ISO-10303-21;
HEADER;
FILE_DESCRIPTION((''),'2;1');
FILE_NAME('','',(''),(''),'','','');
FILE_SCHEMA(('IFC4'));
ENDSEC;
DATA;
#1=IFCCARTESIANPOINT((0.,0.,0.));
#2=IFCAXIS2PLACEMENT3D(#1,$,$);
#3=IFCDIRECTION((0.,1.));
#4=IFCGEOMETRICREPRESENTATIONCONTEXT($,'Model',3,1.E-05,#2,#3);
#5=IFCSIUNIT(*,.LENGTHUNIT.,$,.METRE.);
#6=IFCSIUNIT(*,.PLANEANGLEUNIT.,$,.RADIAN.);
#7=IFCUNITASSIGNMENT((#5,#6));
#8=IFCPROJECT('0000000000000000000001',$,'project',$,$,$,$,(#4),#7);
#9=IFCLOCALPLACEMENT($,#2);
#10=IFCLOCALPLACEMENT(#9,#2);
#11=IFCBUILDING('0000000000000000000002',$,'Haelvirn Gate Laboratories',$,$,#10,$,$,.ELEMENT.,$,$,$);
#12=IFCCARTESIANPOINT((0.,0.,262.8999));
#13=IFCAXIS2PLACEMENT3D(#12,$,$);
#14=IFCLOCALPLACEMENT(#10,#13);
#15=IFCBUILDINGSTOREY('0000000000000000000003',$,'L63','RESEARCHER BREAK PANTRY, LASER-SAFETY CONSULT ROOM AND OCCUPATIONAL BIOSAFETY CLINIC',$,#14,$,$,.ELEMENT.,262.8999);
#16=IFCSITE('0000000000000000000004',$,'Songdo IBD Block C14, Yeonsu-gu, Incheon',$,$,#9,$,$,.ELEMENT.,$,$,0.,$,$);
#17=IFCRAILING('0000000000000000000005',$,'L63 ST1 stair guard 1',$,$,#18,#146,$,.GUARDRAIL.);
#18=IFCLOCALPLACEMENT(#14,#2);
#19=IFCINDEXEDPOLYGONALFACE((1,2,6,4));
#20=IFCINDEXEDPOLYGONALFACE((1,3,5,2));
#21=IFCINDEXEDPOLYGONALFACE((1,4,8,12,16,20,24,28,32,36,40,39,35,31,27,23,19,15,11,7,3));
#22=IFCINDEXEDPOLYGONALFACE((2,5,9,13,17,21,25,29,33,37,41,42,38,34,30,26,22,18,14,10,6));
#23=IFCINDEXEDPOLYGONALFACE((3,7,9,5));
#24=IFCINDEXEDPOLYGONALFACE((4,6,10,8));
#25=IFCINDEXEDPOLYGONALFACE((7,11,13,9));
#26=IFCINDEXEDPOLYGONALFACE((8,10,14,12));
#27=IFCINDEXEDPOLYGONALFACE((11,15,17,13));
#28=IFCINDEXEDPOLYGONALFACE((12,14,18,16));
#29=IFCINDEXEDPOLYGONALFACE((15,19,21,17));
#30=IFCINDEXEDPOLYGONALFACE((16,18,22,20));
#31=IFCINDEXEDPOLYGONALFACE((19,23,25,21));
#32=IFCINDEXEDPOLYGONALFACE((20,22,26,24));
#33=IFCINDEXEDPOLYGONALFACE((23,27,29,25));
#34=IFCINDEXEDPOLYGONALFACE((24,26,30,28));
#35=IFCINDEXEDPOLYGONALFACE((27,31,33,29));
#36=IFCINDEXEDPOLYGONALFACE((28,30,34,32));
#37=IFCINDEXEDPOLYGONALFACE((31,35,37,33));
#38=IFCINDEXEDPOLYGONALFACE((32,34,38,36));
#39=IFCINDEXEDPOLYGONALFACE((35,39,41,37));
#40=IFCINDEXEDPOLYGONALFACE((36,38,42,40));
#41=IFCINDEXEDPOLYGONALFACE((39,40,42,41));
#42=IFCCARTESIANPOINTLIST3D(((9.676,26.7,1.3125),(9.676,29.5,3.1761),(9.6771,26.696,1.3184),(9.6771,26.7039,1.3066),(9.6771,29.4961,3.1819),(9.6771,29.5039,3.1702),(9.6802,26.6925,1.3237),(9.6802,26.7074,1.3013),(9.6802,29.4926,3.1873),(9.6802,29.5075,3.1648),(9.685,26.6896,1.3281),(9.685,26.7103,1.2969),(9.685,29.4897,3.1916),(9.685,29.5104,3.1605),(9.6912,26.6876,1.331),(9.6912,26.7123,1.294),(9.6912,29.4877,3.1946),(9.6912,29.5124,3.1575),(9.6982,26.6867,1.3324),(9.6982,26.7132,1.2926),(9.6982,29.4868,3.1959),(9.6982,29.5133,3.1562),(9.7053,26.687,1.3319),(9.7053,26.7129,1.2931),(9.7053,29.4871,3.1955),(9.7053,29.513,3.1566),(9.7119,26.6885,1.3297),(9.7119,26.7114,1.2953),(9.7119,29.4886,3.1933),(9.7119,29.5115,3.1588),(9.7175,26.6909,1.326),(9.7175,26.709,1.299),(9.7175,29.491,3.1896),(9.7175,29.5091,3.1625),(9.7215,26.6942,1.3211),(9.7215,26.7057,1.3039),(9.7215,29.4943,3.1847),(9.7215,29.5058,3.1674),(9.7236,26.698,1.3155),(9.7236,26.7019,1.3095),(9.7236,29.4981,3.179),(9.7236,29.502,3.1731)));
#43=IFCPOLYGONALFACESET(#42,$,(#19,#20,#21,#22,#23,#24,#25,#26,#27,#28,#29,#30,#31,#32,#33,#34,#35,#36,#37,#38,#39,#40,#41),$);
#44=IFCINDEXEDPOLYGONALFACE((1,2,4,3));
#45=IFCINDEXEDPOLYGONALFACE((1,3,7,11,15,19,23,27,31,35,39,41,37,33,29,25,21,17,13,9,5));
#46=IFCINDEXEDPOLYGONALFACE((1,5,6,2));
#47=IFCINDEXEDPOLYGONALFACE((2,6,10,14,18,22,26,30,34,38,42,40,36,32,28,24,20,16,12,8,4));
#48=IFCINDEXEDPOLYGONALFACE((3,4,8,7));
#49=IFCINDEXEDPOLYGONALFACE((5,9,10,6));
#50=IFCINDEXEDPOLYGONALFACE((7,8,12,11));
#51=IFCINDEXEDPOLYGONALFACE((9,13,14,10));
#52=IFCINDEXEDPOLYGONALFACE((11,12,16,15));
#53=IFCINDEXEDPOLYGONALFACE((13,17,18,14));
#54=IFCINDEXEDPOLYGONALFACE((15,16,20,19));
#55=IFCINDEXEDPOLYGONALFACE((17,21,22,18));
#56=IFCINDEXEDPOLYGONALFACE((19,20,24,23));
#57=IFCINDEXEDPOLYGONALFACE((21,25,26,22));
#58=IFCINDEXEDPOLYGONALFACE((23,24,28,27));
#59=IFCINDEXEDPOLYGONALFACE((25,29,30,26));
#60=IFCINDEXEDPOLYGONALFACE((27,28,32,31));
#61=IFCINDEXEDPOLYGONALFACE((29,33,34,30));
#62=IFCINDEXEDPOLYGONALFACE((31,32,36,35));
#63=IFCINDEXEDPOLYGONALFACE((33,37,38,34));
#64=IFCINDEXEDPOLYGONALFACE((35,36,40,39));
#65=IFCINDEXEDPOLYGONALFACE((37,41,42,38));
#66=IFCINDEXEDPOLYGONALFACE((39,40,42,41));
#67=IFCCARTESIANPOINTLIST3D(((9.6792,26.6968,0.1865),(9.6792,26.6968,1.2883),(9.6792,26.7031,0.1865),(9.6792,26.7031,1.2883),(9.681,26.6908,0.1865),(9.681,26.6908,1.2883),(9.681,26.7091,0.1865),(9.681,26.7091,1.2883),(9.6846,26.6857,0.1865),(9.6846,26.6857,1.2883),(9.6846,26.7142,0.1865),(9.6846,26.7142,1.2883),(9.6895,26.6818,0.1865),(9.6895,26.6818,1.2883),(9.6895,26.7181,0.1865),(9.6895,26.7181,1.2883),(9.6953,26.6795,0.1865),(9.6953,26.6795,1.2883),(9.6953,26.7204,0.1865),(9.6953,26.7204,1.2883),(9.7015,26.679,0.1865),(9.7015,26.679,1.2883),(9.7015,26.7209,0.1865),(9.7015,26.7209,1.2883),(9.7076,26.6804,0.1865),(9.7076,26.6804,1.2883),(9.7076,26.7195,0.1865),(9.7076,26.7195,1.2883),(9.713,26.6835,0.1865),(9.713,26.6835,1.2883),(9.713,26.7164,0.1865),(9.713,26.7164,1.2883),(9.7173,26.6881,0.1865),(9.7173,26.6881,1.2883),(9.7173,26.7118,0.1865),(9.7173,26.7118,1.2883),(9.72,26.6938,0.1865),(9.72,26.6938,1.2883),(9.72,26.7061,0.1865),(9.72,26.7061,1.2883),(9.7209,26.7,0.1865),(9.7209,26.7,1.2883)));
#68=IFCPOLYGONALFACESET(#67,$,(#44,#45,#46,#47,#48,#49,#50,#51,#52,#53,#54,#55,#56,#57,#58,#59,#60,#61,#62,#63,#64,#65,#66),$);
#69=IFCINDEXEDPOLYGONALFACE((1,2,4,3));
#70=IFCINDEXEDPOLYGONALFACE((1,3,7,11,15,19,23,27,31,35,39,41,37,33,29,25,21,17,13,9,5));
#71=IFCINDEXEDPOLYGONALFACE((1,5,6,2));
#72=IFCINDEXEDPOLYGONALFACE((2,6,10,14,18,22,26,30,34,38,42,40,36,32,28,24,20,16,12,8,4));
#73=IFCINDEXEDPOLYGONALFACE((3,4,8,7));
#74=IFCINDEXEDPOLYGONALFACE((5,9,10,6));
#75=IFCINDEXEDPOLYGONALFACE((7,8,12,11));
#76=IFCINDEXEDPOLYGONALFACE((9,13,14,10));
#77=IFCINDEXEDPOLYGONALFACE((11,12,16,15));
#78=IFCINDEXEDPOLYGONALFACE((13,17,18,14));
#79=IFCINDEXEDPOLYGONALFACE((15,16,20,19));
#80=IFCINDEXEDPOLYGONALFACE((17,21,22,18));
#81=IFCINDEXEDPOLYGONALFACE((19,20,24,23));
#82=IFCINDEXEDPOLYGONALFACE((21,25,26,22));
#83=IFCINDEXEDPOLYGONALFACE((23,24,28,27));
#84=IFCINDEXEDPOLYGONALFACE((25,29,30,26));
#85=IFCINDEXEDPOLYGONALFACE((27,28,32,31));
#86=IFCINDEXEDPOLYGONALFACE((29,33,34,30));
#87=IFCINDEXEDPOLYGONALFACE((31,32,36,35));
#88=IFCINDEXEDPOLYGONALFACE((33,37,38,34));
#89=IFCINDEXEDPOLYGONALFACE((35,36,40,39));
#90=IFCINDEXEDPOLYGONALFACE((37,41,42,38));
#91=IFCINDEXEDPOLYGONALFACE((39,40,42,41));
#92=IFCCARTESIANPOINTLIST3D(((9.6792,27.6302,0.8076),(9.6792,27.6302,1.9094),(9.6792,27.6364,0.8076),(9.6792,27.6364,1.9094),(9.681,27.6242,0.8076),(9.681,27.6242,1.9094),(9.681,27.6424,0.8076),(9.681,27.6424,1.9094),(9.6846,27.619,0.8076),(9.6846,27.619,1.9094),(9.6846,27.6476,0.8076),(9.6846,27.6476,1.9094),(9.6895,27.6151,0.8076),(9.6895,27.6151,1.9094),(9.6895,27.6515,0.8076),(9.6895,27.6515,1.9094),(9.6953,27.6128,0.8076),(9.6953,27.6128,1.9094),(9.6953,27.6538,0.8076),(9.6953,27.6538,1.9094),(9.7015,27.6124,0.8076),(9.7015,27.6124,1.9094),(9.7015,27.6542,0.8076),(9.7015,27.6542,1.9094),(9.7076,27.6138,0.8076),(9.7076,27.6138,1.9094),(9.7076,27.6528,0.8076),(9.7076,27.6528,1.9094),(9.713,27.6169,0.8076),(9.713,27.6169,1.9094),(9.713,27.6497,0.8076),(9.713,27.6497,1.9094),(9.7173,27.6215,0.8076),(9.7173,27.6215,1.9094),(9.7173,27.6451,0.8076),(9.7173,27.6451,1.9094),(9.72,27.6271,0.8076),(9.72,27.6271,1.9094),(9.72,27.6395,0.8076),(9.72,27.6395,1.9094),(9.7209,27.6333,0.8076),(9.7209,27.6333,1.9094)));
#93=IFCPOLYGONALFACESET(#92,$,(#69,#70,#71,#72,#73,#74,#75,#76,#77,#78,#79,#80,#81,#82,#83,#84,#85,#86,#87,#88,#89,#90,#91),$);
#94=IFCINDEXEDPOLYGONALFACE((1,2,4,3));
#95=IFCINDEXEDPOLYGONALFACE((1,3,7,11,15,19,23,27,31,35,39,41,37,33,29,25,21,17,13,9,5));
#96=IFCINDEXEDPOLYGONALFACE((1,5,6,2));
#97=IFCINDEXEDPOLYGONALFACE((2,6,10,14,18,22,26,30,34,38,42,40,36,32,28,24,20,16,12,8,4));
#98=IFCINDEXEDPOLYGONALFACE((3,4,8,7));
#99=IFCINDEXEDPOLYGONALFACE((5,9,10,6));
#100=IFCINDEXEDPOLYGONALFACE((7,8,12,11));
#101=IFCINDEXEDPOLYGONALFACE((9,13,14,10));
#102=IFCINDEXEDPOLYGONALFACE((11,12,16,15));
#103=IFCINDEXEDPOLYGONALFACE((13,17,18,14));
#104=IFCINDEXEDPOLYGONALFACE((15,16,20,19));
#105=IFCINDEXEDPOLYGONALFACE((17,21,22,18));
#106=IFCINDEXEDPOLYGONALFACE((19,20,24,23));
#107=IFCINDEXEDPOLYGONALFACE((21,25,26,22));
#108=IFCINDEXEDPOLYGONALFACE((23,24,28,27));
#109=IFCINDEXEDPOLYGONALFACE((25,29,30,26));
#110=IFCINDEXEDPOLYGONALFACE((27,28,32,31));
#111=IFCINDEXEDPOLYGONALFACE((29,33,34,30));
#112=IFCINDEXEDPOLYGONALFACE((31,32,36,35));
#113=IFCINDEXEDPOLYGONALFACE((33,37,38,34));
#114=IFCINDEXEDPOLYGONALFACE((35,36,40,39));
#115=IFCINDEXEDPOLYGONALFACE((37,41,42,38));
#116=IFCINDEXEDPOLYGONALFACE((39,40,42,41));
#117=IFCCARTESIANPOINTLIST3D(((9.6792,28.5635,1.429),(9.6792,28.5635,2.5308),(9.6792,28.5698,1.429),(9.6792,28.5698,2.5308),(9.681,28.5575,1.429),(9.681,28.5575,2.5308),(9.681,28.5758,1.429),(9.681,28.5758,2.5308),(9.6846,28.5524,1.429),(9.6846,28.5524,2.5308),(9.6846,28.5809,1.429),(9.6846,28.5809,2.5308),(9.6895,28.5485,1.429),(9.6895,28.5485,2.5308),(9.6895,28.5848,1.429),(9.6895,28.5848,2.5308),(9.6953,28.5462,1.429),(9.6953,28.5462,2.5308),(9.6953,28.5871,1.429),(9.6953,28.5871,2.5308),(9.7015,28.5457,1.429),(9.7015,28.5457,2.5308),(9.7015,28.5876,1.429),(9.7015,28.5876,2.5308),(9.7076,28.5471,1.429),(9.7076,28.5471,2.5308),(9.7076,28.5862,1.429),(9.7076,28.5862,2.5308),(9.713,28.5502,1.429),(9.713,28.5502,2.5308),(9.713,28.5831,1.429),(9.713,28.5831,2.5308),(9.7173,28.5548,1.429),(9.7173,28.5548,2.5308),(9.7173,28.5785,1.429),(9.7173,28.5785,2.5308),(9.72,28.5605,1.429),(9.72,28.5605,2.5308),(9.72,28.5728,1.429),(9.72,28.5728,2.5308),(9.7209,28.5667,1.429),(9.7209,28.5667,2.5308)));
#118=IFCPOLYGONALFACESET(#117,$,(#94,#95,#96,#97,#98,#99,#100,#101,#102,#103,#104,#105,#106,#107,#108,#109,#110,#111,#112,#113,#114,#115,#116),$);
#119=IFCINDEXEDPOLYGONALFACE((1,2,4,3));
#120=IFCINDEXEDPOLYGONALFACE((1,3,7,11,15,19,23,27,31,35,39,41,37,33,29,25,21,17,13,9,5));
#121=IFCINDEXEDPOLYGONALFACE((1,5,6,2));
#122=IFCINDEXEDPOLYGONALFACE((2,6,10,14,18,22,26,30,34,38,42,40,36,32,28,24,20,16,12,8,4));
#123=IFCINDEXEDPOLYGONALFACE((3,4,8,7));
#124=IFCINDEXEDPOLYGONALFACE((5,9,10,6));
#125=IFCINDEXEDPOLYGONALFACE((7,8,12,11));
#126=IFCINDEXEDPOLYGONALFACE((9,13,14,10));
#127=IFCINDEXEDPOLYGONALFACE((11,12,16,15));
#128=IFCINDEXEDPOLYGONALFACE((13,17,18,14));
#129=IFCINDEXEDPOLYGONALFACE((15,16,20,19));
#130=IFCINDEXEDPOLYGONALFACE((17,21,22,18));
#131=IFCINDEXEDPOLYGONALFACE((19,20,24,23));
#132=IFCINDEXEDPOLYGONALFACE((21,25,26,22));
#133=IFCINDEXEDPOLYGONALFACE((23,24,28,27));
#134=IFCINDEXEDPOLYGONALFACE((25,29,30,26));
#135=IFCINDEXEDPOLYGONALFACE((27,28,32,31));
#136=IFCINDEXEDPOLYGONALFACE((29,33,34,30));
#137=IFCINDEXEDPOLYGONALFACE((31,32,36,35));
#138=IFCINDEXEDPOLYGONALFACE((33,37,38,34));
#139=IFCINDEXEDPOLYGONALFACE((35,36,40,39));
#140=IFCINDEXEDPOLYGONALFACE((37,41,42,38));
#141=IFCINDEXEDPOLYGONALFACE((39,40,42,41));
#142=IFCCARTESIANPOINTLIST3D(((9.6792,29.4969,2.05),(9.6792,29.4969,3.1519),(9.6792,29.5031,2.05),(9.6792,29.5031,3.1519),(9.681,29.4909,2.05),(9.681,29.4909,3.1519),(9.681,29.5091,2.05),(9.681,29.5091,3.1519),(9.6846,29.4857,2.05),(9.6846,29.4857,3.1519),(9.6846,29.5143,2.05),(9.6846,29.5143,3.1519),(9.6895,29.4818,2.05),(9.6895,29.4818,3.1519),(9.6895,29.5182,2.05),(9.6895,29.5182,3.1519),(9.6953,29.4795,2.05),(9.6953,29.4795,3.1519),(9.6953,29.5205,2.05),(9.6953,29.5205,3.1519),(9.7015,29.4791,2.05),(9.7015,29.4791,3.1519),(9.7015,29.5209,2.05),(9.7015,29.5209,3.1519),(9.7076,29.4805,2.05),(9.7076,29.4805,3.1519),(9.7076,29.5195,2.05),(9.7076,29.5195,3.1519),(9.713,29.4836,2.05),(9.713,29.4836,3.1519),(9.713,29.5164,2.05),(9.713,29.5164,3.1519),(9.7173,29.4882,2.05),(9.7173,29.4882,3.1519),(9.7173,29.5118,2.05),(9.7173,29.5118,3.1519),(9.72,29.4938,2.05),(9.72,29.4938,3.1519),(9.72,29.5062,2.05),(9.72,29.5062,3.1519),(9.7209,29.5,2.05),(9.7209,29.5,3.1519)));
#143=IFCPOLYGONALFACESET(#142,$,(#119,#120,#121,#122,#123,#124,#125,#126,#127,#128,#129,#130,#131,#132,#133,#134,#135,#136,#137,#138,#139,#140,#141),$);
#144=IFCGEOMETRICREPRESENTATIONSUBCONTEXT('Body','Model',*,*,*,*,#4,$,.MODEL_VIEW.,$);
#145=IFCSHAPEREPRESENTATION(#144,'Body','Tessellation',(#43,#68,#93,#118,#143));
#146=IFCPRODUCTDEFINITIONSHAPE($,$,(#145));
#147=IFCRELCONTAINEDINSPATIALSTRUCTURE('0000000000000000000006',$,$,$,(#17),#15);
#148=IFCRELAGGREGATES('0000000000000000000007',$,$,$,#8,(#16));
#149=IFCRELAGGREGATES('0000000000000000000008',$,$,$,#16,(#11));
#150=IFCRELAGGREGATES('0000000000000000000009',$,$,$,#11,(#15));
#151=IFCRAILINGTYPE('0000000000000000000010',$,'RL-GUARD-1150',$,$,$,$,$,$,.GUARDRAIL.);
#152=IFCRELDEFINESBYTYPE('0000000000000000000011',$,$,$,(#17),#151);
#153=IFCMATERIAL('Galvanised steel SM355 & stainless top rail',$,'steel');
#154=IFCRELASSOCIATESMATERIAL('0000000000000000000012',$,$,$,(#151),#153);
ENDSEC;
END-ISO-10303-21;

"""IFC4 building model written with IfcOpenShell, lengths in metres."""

from ifc_helpers import new_model, si_unit, direction, frame, origin, origin_2d, place, context, subcontext, project, spatial, circle, extrude, source, transform, mapped, material, type_object, element, save


model = new_model("IFC4")

# Units and contexts
model_context = context("Model", 3, precision=1e-05, world=origin(), true_north=direction((0.0, 1.0)))
body_context = subcontext(model_context, "Body", "Model", "MODEL_VIEW")
ifc_project = project(units=[si_unit("LENGTHUNIT", "METRE"), si_unit("PLANEANGLEUNIT", "RADIAN")], contexts=[model_context])

# Site, building, storey
site_placement = place(None, origin())
site = spatial("IfcSite", under=ifc_project, at=site_placement, Name="Songdo IBD Block C14, Yeonsu-gu, Incheon", CompositionType="ELEMENT", RefElevation=0.0)
building_placement = place(site_placement, origin())
building = spatial("IfcBuilding", under=site, at=building_placement, Name="Haelvirn Gate Laboratories", CompositionType="ELEMENT")
storey_placement = place(building_placement, frame((0.0, 0.0, 262.8999)))
storey = spatial("IfcBuildingStorey", under=building, at=storey_placement, Name="L63", Description="RESEARCHER BREAK PANTRY, LASER-SAFETY CONSULT ROOM AND OCCUPATIONAL BIOSAFETY CLINIC", CompositionType="ELEMENT", Elevation=262.8999)

# Railing
ifc_material_1 = material(Name="Galvanised steel SM355 & stainless top rail", Category="steel")
railing_type_1 = type_object("IfcRailingType", Name="RL-GUARD-1150", PredefinedType="GUARDRAIL", material=ifc_material_1)
shared_shape_1 = source(origin(), body_context, "Body", "SweptSolid", [
    extrude(circle(Radius=0.0239, at=origin_2d()), frame((0.0, 0.0, 1.126), z_axis=(0.0, 0.832486, 0.554047), x_axis=(-1.0, 0.0, 0.0)), (0.0, 0.0, 1.0), 3.3635),
    extrude(circle(Radius=0.021, at=origin_2d()), origin(), (0.0, 0.0, 1.0), 1.1018),
    extrude(circle(Radius=0.021, at=origin_2d()), frame((0.0, 0.9333, 0.6211)), (0.0, 0.0, 1.0), 1.1018),
    extrude(circle(Radius=0.021, at=origin_2d()), frame((0.0, 1.8667, 1.2424)), (0.0, 0.0, 1.0), 1.1018),
    extrude(circle(Radius=0.021, at=origin_2d()), frame((0.0, 2.8, 1.8635)), (0.0, 0.0, 1.0), 1.1018),
])
railing_1_placement = place(storey_placement, frame((9.7, 26.7, 0.1865)))
element("IfcRailing", 1, at=railing_1_placement, inside=storey, type_object=railing_type_1, Name="L63 ST1 stair guard 1", PredefinedType="GUARDRAIL", context=body_context, shape_type="MappedRepresentation", body=[
    mapped(shared_shape_1, transform((0.0, 0.0, 0.0), scale=1.0)),
])

save(model, "model.ifc")
